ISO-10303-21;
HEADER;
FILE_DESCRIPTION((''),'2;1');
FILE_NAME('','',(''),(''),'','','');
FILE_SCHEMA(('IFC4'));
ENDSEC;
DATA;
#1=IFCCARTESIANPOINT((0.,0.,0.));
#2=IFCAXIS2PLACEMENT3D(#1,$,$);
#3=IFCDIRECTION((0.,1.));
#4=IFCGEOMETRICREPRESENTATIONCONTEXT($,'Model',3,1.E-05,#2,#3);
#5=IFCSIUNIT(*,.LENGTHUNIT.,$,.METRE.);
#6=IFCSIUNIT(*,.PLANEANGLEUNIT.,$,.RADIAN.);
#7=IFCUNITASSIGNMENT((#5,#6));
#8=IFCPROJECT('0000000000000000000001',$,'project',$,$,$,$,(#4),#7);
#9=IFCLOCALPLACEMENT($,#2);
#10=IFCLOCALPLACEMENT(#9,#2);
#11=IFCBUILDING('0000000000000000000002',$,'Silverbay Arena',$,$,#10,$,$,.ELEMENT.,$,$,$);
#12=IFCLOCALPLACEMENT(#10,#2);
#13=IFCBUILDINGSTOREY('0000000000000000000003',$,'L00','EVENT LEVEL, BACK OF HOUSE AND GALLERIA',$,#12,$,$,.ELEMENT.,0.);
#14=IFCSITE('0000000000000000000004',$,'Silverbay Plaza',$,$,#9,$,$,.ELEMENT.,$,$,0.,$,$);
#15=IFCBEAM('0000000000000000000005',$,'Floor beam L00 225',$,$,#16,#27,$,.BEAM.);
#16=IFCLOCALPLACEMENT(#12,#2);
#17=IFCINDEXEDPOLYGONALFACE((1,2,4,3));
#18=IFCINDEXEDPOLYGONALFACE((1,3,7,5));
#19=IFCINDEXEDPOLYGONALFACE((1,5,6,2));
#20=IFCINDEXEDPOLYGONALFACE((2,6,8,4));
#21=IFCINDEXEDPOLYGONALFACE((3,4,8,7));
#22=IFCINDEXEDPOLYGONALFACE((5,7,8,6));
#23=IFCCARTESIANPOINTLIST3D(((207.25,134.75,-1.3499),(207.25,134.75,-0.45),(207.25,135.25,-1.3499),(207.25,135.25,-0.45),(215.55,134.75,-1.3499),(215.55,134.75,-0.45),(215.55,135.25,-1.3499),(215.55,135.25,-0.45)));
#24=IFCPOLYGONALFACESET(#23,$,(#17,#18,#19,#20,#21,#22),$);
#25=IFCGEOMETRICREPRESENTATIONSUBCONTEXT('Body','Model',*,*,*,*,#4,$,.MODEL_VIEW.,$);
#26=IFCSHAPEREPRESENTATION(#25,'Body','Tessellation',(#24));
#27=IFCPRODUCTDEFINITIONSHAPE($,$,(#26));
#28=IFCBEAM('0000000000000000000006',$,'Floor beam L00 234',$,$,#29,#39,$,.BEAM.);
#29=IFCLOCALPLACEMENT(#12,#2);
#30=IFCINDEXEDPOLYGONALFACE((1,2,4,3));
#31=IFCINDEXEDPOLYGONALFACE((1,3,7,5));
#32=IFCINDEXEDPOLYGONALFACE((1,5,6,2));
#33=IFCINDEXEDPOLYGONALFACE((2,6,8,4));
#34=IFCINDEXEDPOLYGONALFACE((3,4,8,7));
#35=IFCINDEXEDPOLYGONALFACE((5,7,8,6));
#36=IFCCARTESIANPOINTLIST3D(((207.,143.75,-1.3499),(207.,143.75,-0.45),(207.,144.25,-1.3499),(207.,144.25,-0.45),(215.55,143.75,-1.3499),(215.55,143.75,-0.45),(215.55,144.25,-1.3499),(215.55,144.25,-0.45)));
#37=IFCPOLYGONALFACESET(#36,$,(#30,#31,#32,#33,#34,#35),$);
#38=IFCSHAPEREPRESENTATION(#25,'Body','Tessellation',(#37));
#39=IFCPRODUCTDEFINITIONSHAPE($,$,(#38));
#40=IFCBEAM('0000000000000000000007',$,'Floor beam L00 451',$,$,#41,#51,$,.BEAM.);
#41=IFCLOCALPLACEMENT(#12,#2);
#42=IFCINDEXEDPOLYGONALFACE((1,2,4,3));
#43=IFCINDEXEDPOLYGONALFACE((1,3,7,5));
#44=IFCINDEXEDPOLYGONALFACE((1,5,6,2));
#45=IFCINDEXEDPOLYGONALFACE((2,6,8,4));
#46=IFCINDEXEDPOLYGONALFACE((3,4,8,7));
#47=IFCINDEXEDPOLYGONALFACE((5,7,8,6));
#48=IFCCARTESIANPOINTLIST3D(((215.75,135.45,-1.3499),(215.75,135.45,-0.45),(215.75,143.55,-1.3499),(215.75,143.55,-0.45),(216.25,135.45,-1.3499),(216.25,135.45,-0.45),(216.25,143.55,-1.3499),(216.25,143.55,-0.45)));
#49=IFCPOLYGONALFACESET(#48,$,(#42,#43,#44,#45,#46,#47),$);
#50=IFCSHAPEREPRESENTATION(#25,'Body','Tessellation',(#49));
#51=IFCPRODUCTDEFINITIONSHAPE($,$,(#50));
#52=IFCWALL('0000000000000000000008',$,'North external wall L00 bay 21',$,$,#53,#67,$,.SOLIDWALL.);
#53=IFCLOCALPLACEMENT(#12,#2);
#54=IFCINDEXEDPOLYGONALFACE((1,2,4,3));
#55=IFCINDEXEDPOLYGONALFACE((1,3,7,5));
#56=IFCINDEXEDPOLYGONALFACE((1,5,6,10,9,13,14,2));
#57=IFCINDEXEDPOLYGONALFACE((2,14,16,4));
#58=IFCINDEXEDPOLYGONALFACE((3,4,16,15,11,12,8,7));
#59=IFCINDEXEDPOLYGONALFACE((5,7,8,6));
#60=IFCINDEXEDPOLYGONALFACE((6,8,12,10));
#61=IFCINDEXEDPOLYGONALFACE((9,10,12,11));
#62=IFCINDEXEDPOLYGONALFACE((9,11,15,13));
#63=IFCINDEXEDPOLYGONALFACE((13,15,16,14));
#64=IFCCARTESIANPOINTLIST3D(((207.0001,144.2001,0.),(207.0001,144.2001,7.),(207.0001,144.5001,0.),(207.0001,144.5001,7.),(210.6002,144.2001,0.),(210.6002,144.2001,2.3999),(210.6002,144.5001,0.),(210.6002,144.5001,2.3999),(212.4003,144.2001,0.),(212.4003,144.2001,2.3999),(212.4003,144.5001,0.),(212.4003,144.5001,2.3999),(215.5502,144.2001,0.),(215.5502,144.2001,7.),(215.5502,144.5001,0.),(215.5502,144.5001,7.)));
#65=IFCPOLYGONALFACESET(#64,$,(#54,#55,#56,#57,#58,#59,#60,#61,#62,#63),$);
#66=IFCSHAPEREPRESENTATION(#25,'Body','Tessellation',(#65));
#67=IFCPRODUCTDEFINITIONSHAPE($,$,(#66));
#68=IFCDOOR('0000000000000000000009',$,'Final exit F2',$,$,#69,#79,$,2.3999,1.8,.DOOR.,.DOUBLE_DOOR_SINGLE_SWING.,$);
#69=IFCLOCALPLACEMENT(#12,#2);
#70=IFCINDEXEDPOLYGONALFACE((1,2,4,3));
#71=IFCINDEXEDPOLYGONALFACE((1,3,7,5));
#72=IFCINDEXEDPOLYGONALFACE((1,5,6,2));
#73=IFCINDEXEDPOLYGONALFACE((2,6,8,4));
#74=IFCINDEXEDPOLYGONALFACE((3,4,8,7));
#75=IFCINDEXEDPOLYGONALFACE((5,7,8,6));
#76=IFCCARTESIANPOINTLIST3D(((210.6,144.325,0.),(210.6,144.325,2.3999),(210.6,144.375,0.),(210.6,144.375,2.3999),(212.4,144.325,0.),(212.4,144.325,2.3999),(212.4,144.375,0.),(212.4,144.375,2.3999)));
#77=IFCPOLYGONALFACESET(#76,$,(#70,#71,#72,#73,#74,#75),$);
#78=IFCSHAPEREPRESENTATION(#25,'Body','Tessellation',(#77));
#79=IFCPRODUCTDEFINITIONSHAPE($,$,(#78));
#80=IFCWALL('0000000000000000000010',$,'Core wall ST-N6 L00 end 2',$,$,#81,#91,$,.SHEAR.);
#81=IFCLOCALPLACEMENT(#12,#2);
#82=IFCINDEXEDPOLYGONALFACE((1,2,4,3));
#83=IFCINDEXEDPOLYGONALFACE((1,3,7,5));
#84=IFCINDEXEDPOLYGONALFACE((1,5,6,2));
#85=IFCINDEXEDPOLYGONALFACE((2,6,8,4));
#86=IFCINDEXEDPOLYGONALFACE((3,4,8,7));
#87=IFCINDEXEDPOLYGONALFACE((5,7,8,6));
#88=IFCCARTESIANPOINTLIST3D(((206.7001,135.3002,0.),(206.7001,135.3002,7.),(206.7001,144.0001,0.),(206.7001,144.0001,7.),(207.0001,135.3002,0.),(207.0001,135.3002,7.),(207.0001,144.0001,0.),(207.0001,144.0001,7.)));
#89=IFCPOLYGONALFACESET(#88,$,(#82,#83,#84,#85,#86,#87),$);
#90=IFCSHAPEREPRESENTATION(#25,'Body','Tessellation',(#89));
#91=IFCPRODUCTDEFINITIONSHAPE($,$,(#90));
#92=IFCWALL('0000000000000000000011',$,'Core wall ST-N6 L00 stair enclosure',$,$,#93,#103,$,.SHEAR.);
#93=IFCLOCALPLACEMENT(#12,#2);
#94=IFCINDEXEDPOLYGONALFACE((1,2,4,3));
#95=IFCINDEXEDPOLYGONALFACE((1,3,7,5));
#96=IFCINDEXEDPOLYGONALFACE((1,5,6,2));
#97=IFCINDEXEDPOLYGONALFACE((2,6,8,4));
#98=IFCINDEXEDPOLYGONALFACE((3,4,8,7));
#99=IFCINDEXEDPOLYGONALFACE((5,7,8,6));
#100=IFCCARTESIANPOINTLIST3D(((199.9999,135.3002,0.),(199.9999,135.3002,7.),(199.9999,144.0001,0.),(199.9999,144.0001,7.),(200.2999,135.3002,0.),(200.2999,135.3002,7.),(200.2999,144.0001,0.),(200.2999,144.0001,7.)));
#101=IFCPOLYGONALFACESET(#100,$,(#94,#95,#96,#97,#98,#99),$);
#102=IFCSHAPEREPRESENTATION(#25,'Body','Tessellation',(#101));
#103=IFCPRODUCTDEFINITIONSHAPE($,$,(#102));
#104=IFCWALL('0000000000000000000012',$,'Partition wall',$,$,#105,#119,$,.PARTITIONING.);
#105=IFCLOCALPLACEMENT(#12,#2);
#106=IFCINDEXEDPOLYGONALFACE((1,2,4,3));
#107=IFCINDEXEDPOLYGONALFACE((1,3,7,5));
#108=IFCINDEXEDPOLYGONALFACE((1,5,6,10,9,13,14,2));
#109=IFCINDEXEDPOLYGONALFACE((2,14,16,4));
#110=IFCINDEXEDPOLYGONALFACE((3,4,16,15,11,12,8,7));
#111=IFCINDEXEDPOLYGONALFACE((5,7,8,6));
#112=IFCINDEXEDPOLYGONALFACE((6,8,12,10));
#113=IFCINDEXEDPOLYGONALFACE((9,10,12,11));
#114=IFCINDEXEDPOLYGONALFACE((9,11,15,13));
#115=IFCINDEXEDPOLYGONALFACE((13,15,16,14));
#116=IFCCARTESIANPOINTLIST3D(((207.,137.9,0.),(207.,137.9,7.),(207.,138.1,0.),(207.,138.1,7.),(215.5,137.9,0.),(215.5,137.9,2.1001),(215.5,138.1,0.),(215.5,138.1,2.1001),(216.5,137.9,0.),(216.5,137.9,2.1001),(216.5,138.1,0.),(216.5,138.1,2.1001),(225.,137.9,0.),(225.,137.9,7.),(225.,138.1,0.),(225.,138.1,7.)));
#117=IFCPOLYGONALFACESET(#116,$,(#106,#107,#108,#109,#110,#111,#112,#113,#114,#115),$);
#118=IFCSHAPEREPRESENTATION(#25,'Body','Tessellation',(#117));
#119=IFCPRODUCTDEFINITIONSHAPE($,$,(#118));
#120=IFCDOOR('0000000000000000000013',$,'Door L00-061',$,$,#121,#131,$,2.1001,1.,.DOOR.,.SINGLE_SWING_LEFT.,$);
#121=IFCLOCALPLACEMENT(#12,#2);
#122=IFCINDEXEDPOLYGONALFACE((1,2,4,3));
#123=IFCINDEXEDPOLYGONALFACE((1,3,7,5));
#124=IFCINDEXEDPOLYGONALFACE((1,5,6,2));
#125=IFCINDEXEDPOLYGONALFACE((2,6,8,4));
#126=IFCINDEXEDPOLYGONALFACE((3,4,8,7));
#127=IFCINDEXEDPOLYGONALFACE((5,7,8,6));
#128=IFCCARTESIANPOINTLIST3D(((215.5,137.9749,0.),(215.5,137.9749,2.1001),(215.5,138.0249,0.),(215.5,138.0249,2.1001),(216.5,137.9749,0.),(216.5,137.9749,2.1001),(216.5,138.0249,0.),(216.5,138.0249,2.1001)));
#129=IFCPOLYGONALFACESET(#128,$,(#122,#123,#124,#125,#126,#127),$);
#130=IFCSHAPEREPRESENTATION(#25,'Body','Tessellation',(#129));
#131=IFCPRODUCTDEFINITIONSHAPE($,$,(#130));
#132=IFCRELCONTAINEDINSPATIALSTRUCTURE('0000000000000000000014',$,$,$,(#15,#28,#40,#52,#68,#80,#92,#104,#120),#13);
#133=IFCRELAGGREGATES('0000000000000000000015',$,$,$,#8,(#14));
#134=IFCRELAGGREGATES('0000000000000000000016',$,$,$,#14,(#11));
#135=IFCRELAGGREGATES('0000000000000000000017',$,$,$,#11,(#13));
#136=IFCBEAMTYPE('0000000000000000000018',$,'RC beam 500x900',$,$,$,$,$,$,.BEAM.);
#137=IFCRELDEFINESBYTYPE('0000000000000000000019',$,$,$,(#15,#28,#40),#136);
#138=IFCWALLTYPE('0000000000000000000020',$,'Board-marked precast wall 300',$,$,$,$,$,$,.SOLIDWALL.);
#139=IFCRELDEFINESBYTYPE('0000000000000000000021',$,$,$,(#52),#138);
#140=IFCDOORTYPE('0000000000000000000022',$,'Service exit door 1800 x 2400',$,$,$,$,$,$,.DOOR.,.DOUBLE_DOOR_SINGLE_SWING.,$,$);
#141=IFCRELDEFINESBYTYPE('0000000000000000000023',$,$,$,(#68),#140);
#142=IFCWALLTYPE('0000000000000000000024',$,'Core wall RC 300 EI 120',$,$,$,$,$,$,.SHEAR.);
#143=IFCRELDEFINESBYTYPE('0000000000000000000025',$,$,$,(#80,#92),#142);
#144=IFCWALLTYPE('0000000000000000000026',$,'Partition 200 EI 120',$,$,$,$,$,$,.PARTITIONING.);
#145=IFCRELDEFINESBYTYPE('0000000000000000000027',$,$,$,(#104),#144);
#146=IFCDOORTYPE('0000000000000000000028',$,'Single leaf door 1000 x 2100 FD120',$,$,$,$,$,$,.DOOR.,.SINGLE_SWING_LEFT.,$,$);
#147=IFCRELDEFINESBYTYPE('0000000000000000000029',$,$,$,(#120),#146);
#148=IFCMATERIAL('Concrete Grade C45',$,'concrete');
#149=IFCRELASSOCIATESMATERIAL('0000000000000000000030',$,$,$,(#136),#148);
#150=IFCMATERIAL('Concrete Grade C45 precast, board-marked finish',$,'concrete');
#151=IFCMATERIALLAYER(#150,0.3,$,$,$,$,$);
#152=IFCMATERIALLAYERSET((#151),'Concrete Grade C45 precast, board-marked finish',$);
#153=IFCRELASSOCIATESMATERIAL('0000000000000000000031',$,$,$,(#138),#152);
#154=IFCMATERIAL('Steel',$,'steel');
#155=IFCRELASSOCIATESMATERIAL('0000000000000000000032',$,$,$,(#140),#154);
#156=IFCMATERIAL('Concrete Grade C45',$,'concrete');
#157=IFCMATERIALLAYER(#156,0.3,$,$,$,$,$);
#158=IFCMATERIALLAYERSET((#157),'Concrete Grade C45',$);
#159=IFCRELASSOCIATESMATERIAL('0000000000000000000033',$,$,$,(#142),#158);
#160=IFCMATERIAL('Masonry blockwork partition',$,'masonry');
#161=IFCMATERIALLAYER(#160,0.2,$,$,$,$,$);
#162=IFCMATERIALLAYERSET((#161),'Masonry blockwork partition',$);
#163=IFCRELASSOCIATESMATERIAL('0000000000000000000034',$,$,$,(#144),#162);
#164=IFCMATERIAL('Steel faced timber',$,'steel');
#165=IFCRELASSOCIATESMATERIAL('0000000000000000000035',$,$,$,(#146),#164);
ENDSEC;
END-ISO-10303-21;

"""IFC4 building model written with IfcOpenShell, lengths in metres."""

from ifc_helpers import new_model, si_unit, direction, frame, frame_2d, origin, origin_2d, place, context, subcontext, project, spatial, rectangle, extrude, material, layer, layer_set, material_profile, profile_set, type_object, element, fill, save


model = new_model("IFC4")

# Units and contexts
model_context = context("Model", 3, precision=1e-05, world=origin(), true_north=direction((0.0, 1.0)))
body_context = subcontext(model_context, "Body", "Model", "MODEL_VIEW")
ifc_project = project(units=[si_unit("LENGTHUNIT", "METRE"), si_unit("PLANEANGLEUNIT", "RADIAN")], contexts=[model_context])

# Site, building, storey
site_placement = place(None, origin())
site = spatial("IfcSite", under=ifc_project, at=site_placement, Name="Silverbay Plaza", CompositionType="ELEMENT", RefElevation=0.0)
building_placement = place(site_placement, origin())
building = spatial("IfcBuilding", under=site, at=building_placement, Name="Silverbay Arena", CompositionType="ELEMENT")
storey_placement = place(building_placement, origin())
storey = spatial("IfcBuildingStorey", under=building, at=storey_placement, Name="L00", Description="EVENT LEVEL, BACK OF HOUSE AND GALLERIA", CompositionType="ELEMENT", Elevation=0.0)

# Beams
ifc_material_1 = material(Name="Concrete Grade C45", Category="concrete")
ifc_material_profile_1 = material_profile(ifc_material_1, rectangle(XDim=0.5, YDim=0.8999, at=origin_2d()), Name="RC 500x900")
ifc_profile_set_1 = profile_set([ifc_material_profile_1], Name="Concrete Grade C45")
beam_type = type_object("IfcBeamType", Name="RC beam 500x900", PredefinedType="BEAM", material=ifc_profile_set_1)
beam_1_placement = place(storey_placement, frame((207.25, 135.0, -0.8999), z_axis=(1.0, 0.0, 0.0), x_axis=(0.0, 1.0, 0.0)))
element("IfcBeam", 1, at=beam_1_placement, inside=storey, type_object=beam_type, Name="Floor beam L00 225", PredefinedType="BEAM", context=body_context, shape_type="SweptSolid", body=[
    extrude(rectangle(XDim=0.5, YDim=0.8999, at=origin_2d()), origin(), (0.0, 0.0, 1.0), 8.3),
])
beam_2_placement = place(storey_placement, frame((207.0, 144.0, -0.8999), z_axis=(1.0, 0.0, 0.0), x_axis=(0.0, 1.0, 0.0)))
element("IfcBeam", 2, at=beam_2_placement, inside=storey, type_object=beam_type, Name="Floor beam L00 234", PredefinedType="BEAM", context=body_context, shape_type="SweptSolid", body=[
    extrude(rectangle(XDim=0.5, YDim=0.8999, at=origin_2d()), origin(), (0.0, 0.0, 1.0), 8.55),
])
beam_3_placement = place(storey_placement, frame((216.0, 135.45, -0.8999), z_axis=(0.0, 1.0, 0.0), x_axis=(-1.0, 0.0, 0.0)))
element("IfcBeam", 3, at=beam_3_placement, inside=storey, type_object=beam_type, Name="Floor beam L00 451", PredefinedType="BEAM", context=body_context, shape_type="SweptSolid", body=[
    extrude(rectangle(XDim=0.5, YDim=0.8999, at=origin_2d()), origin(), (0.0, 0.0, 1.0), 8.1001),
])

# Wall, opening, door
ifc_material_2 = material(Name="Concrete Grade C45 precast, board-marked finish", Category="concrete")
ifc_layer_1 = layer(ifc_material_2, 0.3)
ifc_layer_set_1 = layer_set([ifc_layer_1], Name="Concrete Grade C45 precast, board-marked finish")
wall_type_1 = type_object("IfcWallType", Name="Board-marked precast wall 300", PredefinedType="SOLIDWALL", material=ifc_layer_set_1)
wall_1_placement = place(storey_placement, frame((215.55, 144.3501, 0.0), z_axis=(0.0, 0.0, 1.0), x_axis=(-1.0, 0.0, 0.0)))
wall_1 = element("IfcWall", 4, at=wall_1_placement, inside=storey, type_object=wall_type_1, Name="North external wall L00 bay 21", PredefinedType="SOLIDWALL", context=body_context, shape_type="SweptSolid", body=[
    extrude(rectangle(XDim=8.55, YDim=0.3, at=frame_2d((4.2749, 0.0))), origin(), (0.0, 0.0, 1.0), 7.0),
])
opening_1_placement = place(wall_1_placement, frame((3.1499, 0.0, 0.0)))
opening_1 = element("IfcOpeningElement", 5, at=opening_1_placement, cuts=wall_1, PredefinedType="OPENING", context=body_context, shape_type="SweptSolid", body=[
    extrude(rectangle(XDim=1.8, YDim=2.3999, at=frame_2d((0.8999, 1.2))), frame((0.0, 0.1602, 0.0), z_axis=(0.0, -1.0, 0.0), x_axis=(1.0, 0.0, 0.0)), (0.0, 0.0, 1.0), 0.3201),
])
ifc_material_3 = material(Name="Steel", Category="steel")
door_type_1 = type_object("IfcDoorType", Name="Service exit door 1800 x 2400", OperationType="DOUBLE_DOOR_SINGLE_SWING", PredefinedType="DOOR", material=ifc_material_3)
door_1_placement = place(opening_1_placement, frame((1.8, 0.0, 0.0), z_axis=(0.0, 0.0, 1.0), x_axis=(-1.0, 0.0, 0.0)))
door_1 = element("IfcDoor", 6, at=door_1_placement, inside=storey, type_object=door_type_1, Name="Final exit F2", OperationType="DOUBLE_DOOR_SINGLE_SWING", OverallHeight=2.3999, OverallWidth=1.8, PredefinedType="DOOR", context=body_context, shape_type="SweptSolid", body=[
    extrude(rectangle(XDim=1.8, YDim=2.3999, at=frame_2d((0.8999, 1.2))), frame((0.0, 0.0249, 0.0), z_axis=(0.0, -1.0, 0.0), x_axis=(1.0, 0.0, 0.0)), (0.0, 0.0, 1.0), 0.05),
])
fill(opening_1, door_1)

# Walls
ifc_material_4 = material(Name="Concrete Grade C45", Category="concrete")
ifc_layer_2 = layer(ifc_material_4, 0.3)
ifc_layer_set_2 = layer_set([ifc_layer_2], Name="Concrete Grade C45")
wall_type_2 = type_object("IfcWallType", Name="Core wall RC 300 EI 120", PredefinedType="SHEAR", material=ifc_layer_set_2)
for number, where, z_axis, x_axis, name in (
    (7, (206.8501, 135.3, 0.0), (0.0, 0.0, 1.0), (0.0, 1.0, 0.0), "Core wall ST-N6 L00 end 2"),
    (8, (200.1499, 135.3, 0.0), (0.0, 0.0, 1.0), (0.0, 1.0, 0.0), "Core wall ST-N6 L00 stair enclosure"),
):
    element("IfcWall", number, at=place(storey_placement, frame(where, z_axis=z_axis, x_axis=x_axis)), inside=storey, type_object=wall_type_2, Name=name, PredefinedType="SHEAR", context=body_context, shape_type="SweptSolid", body=[
        extrude(rectangle(XDim=8.7, YDim=0.3, at=frame_2d((4.3501, 0.0))), origin(), (0.0, 0.0, 1.0), 7.0),
    ])

# Wall, opening, door
ifc_material_5 = material(Name="Masonry blockwork partition", Category="masonry")
ifc_layer_3 = layer(ifc_material_5, 0.2)
ifc_layer_set_3 = layer_set([ifc_layer_3], Name="Masonry blockwork partition")
wall_type_3 = type_object("IfcWallType", Name="Partition 200 EI 120", PredefinedType="PARTITIONING", material=ifc_layer_set_3)
wall_2_placement = place(storey_placement, frame((207.0, 138.0, 0.0), z_axis=(0.0, 0.0, 1.0), x_axis=(1.0, 0.0, 0.0)))
wall_2 = element("IfcWall", 9, at=wall_2_placement, inside=storey, type_object=wall_type_3, Name="Partition wall", PredefinedType="PARTITIONING", context=body_context, shape_type="SweptSolid", body=[
    extrude(rectangle(XDim=18.0, YDim=0.2, at=frame_2d((9.0, 0.0))), origin(), (0.0, 0.0, 1.0), 7.0),
])
opening_2_placement = place(wall_2_placement, frame((8.5, 0.0, 0.0)))
opening_2 = element("IfcOpeningElement", 10, at=opening_2_placement, cuts=wall_2, PredefinedType="OPENING", context=body_context, shape_type="SweptSolid", body=[
    extrude(rectangle(XDim=1.0, YDim=2.1001, at=frame_2d((0.5, 1.05))), frame((0.0, 0.1099, 0.0), z_axis=(0.0, -1.0, 0.0), x_axis=(1.0, 0.0, 0.0)), (0.0, 0.0, 1.0), 0.22),
])
ifc_material_6 = material(Name="Steel faced timber", Category="steel")
door_type_2 = type_object("IfcDoorType", Name="Single leaf door 1000 x 2100 FD120", OperationType="SINGLE_SWING_LEFT", PredefinedType="DOOR", material=ifc_material_6)
door_2_placement = place(opening_2_placement, origin())
door_2 = element("IfcDoor", 11, at=door_2_placement, inside=storey, type_object=door_type_2, Name="Door L00-061", OperationType="SINGLE_SWING_LEFT", OverallHeight=2.1001, OverallWidth=1.0, PredefinedType="DOOR", context=body_context, shape_type="SweptSolid", body=[
    extrude(rectangle(XDim=1.0, YDim=2.1001, at=frame_2d((0.5, 1.05))), frame((0.0, 0.0249, 0.0), z_axis=(0.0, -1.0, 0.0), x_axis=(1.0, 0.0, 0.0)), (0.0, 0.0, 1.0), 0.05),
])
fill(opening_2, door_2)

save(model, "model.ifc")
